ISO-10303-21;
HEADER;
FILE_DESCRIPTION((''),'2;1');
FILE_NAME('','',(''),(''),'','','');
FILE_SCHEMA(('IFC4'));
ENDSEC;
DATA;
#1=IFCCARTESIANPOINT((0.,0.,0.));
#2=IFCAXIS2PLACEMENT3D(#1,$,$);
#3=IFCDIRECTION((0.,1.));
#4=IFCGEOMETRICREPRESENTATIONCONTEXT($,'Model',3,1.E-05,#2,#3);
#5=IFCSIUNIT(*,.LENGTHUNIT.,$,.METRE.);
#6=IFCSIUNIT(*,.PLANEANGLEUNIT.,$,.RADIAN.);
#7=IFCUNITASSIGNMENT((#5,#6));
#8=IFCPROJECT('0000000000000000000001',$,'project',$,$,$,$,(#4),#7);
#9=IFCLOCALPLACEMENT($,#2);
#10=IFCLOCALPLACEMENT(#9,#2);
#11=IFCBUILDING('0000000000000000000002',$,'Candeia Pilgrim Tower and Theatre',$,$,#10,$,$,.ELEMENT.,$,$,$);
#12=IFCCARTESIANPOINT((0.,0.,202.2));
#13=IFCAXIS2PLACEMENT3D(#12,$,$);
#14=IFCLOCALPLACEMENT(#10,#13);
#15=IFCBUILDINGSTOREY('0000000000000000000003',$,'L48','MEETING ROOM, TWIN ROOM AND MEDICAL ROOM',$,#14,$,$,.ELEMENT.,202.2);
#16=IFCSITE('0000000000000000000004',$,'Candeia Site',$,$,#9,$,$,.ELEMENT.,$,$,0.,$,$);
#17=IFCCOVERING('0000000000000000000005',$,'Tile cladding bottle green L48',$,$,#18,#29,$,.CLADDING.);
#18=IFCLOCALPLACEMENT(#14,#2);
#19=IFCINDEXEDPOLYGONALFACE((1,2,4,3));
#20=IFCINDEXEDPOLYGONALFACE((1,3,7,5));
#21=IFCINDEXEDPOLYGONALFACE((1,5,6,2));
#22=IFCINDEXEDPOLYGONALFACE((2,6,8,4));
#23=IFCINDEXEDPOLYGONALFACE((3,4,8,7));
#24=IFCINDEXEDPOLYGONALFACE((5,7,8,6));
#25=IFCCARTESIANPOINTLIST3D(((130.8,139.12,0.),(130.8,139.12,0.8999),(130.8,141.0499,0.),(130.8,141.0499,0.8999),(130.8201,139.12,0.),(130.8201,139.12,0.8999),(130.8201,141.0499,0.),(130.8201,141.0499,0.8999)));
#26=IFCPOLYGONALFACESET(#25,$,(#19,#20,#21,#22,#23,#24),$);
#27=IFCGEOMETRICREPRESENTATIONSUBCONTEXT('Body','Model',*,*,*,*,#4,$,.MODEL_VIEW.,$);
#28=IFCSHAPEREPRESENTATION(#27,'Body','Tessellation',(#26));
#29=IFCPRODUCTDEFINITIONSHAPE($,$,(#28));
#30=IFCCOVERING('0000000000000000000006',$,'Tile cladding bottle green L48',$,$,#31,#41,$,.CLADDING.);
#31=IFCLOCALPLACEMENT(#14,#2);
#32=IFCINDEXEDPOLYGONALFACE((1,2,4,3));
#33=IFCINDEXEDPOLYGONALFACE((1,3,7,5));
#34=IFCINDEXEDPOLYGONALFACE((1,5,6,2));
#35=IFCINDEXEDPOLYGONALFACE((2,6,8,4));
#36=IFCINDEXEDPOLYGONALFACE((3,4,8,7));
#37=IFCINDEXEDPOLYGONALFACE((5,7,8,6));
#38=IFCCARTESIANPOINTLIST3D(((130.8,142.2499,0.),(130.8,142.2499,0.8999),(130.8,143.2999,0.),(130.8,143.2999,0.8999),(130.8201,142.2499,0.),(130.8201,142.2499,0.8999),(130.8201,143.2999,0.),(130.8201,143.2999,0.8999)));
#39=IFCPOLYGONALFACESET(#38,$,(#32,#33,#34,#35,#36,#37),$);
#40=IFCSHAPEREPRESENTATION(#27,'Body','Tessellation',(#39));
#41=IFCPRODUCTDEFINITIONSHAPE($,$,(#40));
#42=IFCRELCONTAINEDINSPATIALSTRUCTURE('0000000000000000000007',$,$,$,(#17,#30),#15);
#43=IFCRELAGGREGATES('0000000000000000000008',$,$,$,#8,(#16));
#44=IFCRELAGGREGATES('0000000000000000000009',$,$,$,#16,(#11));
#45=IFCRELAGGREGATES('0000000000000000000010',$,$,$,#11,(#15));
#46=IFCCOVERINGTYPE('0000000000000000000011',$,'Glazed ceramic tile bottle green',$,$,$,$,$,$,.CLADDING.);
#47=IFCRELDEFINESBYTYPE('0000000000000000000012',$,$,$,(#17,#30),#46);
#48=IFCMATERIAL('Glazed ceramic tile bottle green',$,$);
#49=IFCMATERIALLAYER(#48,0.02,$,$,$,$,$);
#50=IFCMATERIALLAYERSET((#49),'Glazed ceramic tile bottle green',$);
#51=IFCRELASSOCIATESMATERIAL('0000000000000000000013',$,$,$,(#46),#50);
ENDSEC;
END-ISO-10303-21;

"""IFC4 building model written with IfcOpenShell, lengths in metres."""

from ifc_helpers import new_model, si_unit, direction, frame, origin, origin_2d, place, context, subcontext, project, spatial, rectangle, extrude, material, layer, layer_set, type_object, element, save


model = new_model("IFC4")

# Units and contexts
model_context = context("Model", 3, precision=1e-05, world=origin(), true_north=direction((0.0, 1.0)))
body_context = subcontext(model_context, "Body", "Model", "MODEL_VIEW")
ifc_project = project(units=[si_unit("LENGTHUNIT", "METRE"), si_unit("PLANEANGLEUNIT", "RADIAN")], contexts=[model_context])

# Site, building, storey
site_placement = place(None, origin())
site = spatial("IfcSite", under=ifc_project, at=site_placement, Name="Candeia Site", CompositionType="ELEMENT", RefElevation=0.0)
building_placement = place(site_placement, origin())
building = spatial("IfcBuilding", under=site, at=building_placement, Name="Candeia Pilgrim Tower and Theatre", CompositionType="ELEMENT")
storey_placement = place(building_placement, frame((0.0, 0.0, 202.2)))
storey = spatial("IfcBuildingStorey", under=building, at=storey_placement, Name="L48", Description="MEETING ROOM, TWIN ROOM AND MEDICAL ROOM", CompositionType="ELEMENT", Elevation=202.2)

# Coverings
ifc_material_1 = material(Name="Glazed ceramic tile bottle green")
ifc_layer_1 = layer(ifc_material_1, 0.02)
ifc_layer_set_1 = layer_set([ifc_layer_1], Name="Glazed ceramic tile bottle green")
covering_type = type_object("IfcCoveringType", Name="Glazed ceramic tile bottle green", PredefinedType="CLADDING", material=ifc_layer_set_1)
covering_1_placement = place(storey_placement, frame((130.8101, 140.085, 0.0), z_axis=(0.0, 0.0, 1.0), x_axis=(0.0, 1.0, 0.0)))
element("IfcCovering", 1, at=covering_1_placement, inside=storey, type_object=covering_type, Name="Tile cladding bottle green L48", PredefinedType="CLADDING", context=body_context, shape_type="SweptSolid", body=[
    extrude(rectangle(XDim=1.9299, YDim=0.02, at=origin_2d()), origin(), (0.0, 0.0, 1.0), 0.8999),
])
covering_2_placement = place(storey_placement, frame((130.8101, 142.7749, 0.0), z_axis=(0.0, 0.0, 1.0), x_axis=(0.0, 1.0, 0.0)))
element("IfcCovering", 2, at=covering_2_placement, inside=storey, type_object=covering_type, Name="Tile cladding bottle green L48", PredefinedType="CLADDING", context=body_context, shape_type="SweptSolid", body=[
    extrude(rectangle(XDim=1.05, YDim=0.02, at=origin_2d()), origin(), (0.0, 0.0, 1.0), 0.8999),
])

save(model, "model.ifc")
